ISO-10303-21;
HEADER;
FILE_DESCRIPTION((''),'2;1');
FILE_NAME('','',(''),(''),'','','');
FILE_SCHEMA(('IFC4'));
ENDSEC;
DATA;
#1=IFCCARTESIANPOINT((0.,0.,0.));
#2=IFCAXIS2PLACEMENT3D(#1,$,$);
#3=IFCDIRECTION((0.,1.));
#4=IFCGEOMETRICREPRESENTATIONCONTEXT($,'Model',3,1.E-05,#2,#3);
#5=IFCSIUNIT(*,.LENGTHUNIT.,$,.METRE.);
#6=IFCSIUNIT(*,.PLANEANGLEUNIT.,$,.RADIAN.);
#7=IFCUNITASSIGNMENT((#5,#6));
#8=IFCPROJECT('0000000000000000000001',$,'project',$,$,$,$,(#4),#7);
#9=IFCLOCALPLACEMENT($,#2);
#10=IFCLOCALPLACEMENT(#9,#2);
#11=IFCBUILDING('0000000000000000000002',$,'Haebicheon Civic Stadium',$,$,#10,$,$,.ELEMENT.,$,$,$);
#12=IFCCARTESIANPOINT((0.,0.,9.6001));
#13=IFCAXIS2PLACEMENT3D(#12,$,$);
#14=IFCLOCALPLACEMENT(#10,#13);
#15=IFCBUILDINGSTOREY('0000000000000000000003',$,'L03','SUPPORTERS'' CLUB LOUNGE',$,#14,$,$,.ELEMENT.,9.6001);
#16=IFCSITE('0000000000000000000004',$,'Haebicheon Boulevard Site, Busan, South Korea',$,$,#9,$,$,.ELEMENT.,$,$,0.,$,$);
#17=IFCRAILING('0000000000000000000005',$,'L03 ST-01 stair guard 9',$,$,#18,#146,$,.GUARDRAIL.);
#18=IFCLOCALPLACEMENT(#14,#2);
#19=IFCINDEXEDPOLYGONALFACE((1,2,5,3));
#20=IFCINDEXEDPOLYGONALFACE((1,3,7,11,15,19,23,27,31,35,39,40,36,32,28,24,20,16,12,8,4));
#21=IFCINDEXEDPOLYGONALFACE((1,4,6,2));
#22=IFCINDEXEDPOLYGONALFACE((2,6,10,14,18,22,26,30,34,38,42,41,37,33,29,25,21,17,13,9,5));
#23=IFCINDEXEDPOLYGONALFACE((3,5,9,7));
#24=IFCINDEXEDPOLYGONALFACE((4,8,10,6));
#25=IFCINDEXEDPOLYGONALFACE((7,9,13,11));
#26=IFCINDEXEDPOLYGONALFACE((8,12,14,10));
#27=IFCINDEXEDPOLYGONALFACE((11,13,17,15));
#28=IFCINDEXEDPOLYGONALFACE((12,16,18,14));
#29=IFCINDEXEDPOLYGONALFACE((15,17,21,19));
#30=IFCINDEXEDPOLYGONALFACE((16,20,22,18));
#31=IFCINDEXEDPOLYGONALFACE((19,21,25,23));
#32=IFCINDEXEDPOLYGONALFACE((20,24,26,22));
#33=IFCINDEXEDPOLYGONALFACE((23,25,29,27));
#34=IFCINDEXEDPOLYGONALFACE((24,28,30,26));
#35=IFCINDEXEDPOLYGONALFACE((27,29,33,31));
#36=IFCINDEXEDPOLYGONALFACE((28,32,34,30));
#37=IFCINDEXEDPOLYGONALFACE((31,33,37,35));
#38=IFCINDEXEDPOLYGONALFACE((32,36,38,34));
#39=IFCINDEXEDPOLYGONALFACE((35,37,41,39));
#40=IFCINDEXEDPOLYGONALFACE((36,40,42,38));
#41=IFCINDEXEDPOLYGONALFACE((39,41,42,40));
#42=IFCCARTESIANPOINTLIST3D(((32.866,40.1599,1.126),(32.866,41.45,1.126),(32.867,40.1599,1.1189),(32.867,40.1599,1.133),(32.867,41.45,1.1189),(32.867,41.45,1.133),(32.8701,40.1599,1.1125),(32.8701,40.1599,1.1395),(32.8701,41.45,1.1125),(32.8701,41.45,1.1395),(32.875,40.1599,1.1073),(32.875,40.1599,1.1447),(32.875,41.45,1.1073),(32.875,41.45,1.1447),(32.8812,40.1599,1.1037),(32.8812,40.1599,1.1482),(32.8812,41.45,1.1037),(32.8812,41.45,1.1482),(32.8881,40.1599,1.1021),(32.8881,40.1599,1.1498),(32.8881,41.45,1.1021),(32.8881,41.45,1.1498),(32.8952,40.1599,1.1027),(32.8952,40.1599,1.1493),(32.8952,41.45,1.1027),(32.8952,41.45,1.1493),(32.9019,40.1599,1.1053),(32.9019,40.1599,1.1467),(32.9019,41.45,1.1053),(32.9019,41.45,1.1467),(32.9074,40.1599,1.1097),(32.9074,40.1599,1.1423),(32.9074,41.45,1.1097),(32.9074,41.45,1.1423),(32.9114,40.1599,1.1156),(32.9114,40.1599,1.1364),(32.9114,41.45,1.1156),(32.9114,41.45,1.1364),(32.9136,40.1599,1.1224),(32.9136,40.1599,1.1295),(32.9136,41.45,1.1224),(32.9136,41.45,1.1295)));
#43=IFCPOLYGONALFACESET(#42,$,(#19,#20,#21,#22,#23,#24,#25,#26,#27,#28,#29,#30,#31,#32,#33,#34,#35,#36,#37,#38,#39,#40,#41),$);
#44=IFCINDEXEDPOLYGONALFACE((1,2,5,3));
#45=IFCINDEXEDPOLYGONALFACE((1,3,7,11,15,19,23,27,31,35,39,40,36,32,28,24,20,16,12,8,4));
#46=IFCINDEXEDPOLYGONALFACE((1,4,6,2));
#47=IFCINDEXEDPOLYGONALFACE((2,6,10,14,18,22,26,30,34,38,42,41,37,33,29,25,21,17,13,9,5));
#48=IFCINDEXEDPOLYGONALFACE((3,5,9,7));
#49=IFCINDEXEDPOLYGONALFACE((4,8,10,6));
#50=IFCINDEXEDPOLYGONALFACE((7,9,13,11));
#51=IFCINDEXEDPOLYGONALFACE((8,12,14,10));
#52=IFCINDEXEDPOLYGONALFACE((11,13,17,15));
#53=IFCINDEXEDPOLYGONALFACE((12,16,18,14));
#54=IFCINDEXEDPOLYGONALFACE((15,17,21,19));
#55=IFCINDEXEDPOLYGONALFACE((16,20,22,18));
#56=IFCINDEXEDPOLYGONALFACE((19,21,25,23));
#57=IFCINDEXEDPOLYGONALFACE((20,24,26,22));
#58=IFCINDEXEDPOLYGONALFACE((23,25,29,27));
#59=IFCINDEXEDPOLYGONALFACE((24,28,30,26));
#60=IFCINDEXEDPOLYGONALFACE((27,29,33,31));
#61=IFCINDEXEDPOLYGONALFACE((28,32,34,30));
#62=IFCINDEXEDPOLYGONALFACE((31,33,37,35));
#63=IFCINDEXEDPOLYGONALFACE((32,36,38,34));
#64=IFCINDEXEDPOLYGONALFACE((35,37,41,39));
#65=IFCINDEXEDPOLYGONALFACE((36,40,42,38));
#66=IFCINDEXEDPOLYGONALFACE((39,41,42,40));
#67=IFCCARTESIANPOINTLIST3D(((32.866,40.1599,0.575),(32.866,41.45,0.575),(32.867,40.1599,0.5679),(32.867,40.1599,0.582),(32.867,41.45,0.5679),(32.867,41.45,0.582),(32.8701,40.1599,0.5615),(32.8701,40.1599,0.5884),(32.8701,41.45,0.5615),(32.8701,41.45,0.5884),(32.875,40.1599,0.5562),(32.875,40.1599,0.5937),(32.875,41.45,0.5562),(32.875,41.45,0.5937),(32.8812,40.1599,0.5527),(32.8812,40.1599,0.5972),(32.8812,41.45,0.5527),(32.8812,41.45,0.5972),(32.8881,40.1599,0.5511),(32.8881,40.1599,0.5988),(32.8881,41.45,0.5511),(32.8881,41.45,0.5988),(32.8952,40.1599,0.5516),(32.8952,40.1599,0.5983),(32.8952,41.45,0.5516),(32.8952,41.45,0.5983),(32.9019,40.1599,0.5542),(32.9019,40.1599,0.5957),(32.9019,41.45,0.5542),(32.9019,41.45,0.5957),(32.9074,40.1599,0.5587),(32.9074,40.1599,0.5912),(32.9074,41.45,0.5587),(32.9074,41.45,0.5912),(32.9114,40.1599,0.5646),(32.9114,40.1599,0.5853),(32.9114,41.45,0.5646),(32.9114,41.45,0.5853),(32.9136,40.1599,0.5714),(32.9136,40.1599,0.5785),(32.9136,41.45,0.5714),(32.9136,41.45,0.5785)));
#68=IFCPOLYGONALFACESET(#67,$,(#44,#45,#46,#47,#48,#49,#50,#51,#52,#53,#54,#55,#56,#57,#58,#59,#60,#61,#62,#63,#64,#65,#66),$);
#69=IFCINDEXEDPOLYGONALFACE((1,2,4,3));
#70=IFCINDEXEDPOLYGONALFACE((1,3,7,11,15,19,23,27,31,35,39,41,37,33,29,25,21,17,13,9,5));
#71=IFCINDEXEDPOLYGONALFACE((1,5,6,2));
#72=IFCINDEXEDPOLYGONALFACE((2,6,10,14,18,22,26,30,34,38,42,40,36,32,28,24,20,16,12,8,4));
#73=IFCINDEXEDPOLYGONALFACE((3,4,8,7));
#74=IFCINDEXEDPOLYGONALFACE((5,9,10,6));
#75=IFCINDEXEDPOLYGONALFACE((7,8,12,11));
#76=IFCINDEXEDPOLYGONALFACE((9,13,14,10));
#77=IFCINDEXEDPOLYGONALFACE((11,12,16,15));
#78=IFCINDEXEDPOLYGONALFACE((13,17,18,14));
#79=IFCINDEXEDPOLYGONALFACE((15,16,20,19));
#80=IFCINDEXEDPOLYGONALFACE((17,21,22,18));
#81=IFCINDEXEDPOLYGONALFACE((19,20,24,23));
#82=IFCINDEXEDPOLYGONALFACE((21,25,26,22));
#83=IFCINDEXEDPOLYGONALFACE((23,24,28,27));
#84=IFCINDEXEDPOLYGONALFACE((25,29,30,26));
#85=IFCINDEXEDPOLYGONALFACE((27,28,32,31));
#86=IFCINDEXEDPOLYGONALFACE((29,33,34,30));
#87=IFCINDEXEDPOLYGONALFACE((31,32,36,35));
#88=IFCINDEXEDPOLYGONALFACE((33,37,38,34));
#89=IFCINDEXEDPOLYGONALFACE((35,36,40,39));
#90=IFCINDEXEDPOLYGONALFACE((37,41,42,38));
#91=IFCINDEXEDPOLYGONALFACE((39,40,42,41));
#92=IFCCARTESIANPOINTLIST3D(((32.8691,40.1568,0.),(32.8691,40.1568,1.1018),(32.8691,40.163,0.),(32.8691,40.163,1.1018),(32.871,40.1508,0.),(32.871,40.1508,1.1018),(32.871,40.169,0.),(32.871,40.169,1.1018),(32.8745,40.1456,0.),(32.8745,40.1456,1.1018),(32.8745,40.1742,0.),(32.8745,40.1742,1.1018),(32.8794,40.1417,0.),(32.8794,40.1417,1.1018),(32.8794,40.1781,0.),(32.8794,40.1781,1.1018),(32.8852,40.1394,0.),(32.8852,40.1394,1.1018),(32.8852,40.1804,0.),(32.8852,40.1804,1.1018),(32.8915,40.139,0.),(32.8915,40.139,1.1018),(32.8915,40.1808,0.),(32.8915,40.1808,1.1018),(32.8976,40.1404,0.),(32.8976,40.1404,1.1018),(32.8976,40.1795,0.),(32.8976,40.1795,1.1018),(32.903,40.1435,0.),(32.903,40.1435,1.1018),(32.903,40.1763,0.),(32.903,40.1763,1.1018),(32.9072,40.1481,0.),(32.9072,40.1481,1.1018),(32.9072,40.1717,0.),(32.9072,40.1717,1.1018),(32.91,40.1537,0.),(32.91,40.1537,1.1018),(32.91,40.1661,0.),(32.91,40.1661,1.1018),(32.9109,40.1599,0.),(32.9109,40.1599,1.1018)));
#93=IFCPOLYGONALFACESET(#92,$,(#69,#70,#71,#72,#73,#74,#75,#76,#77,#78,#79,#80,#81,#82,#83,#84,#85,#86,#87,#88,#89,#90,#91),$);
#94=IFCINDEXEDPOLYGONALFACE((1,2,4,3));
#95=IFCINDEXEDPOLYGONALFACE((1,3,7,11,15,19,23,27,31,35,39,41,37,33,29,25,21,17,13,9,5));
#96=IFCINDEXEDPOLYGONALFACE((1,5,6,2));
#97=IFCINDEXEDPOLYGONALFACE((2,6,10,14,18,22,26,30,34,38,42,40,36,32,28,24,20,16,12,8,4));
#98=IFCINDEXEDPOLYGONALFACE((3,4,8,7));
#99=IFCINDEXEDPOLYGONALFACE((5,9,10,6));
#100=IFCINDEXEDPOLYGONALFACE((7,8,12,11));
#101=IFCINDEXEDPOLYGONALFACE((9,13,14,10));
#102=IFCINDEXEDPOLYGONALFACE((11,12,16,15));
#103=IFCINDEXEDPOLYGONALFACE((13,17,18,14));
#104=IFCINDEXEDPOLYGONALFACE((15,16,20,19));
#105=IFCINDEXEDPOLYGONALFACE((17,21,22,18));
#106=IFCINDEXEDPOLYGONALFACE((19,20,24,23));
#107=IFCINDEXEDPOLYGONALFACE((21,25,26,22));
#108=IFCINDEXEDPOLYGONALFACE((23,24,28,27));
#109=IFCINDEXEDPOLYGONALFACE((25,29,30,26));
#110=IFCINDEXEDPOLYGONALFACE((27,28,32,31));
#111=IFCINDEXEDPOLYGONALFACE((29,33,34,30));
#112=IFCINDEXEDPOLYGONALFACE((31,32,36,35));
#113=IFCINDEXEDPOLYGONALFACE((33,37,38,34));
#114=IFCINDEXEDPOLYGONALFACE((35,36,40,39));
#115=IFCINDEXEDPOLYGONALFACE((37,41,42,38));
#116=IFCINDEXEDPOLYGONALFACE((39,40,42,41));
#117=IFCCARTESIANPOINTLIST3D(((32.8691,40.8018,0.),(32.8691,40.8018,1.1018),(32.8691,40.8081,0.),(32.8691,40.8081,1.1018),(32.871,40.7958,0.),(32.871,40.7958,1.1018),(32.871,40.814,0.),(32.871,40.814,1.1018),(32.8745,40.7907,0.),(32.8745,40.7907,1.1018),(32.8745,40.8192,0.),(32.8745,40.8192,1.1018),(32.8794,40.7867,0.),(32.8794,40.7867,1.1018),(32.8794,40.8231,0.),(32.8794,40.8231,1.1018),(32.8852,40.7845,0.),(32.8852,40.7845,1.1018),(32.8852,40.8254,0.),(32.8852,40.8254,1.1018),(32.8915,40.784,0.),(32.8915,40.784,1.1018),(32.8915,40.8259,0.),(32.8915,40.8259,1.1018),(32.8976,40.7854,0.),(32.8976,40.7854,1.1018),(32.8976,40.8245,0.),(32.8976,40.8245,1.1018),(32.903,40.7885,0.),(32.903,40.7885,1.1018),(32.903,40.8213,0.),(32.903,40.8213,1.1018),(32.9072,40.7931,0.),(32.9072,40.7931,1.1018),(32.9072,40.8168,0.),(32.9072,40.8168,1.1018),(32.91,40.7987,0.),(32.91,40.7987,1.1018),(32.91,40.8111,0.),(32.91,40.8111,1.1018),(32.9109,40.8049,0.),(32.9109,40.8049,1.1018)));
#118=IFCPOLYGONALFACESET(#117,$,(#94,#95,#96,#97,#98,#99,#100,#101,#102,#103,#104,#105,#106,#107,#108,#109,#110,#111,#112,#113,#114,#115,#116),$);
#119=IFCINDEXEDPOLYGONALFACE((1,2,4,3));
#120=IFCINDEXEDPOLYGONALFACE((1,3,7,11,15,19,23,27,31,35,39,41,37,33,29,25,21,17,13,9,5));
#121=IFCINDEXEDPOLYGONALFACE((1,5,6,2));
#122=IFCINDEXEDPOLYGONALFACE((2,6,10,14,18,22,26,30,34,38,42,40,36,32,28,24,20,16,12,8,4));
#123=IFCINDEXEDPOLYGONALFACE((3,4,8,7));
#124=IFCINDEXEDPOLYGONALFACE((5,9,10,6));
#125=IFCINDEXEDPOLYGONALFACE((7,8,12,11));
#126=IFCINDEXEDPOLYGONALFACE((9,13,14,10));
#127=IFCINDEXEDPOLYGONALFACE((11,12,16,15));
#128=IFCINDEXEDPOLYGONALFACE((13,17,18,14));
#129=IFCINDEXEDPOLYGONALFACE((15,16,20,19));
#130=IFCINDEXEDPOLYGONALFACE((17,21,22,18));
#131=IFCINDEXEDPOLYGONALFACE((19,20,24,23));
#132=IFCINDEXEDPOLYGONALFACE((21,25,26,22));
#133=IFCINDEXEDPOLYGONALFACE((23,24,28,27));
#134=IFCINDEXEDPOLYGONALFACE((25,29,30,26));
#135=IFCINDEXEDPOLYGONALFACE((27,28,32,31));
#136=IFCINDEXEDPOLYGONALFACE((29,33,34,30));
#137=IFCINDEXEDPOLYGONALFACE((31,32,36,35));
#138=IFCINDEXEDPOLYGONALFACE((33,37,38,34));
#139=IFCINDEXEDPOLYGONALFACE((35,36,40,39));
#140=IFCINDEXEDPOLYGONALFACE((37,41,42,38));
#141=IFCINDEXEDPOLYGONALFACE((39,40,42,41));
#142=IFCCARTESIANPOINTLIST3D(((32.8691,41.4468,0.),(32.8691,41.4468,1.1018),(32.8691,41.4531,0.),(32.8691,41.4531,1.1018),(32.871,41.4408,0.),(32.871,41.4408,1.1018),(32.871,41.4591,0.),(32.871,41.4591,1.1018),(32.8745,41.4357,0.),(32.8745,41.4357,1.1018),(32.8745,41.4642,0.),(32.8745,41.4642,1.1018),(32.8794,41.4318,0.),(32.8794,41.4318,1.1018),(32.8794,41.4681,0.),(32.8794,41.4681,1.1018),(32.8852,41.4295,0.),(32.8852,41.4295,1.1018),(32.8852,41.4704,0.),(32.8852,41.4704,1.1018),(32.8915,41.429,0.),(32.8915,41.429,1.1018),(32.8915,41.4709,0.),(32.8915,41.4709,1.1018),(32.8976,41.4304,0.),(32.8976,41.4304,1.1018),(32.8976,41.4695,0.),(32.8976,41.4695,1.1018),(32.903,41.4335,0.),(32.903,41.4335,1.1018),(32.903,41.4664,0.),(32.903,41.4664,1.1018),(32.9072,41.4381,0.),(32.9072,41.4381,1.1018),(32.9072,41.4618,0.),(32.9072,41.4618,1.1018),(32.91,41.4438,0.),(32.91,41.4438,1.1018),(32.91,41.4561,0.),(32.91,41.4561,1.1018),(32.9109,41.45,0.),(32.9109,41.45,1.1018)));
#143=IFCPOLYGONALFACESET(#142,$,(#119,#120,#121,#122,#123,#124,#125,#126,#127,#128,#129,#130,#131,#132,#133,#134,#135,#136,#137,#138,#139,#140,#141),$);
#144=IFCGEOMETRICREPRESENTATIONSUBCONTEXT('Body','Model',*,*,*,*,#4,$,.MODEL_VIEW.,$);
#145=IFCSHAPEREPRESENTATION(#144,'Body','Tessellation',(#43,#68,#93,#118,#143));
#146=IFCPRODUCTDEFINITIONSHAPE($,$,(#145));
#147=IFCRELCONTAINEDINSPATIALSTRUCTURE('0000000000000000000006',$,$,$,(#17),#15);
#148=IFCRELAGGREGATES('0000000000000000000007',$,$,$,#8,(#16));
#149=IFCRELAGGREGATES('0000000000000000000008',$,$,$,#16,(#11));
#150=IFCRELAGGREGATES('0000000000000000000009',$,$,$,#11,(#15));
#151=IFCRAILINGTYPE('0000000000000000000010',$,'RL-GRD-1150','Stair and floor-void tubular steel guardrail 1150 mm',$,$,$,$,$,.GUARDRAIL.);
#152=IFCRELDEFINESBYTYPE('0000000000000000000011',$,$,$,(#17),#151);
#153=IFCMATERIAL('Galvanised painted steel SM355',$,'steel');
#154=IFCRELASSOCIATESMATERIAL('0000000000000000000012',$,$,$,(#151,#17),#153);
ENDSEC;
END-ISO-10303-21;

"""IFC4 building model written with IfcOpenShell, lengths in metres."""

from ifc_helpers import new_model, si_unit, direction, frame, origin, origin_2d, place, context, subcontext, project, spatial, circle, extrude, material, type_object, element, save


model = new_model("IFC4")

# Units and contexts
model_context = context("Model", 3, precision=1e-05, world=origin(), true_north=direction((0.0, 1.0)))
body_context = subcontext(model_context, "Body", "Model", "MODEL_VIEW")
ifc_project = project(units=[si_unit("LENGTHUNIT", "METRE"), si_unit("PLANEANGLEUNIT", "RADIAN")], contexts=[model_context])

# Site, building, storey
site_placement = place(None, origin())
site = spatial("IfcSite", under=ifc_project, at=site_placement, Name="Haebicheon Boulevard Site, Busan, South Korea", CompositionType="ELEMENT", RefElevation=0.0)
building_placement = place(site_placement, origin())
building = spatial("IfcBuilding", under=site, at=building_placement, Name="Haebicheon Civic Stadium", CompositionType="ELEMENT")
storey_placement = place(building_placement, frame((0.0, 0.0, 9.6001)))
storey = spatial("IfcBuildingStorey", under=building, at=storey_placement, Name="L03", Description="SUPPORTERS' CLUB LOUNGE", CompositionType="ELEMENT", Elevation=9.6001)

# Railing
ifc_material_1 = material(Name="Galvanised painted steel SM355", Category="steel")
railing_type = type_object("IfcRailingType", Name="RL-GRD-1150", Description="Stair and floor-void tubular steel guardrail 1150 mm", PredefinedType="GUARDRAIL", material=ifc_material_1)
for number, where, name in (
    (1, (32.8899, 40.1599, 0.0), "L03 ST-01 stair guard 9"),
):
    element("IfcRailing", number, at=place(storey_placement, frame(where)), inside=storey, type_object=railing_type, material=ifc_material_1, Name=name, PredefinedType="GUARDRAIL", context=body_context, shape_type="SweptSolid", body=[
        extrude(circle(Radius=0.0239, at=origin_2d()), frame((0.0, 0.0, 1.126), z_axis=(0.0, 1.0, 0.0), x_axis=(-1.0, 0.0, 0.0)), (0.0, 0.0, 1.0), 1.29),
        extrude(circle(Radius=0.0239, at=origin_2d()), frame((0.0, 0.0, 0.575), z_axis=(0.0, 1.0, 0.0), x_axis=(-1.0, 0.0, 0.0)), (0.0, 0.0, 1.0), 1.29),
        extrude(circle(Radius=0.021, at=origin_2d()), origin(), (0.0, 0.0, 1.0), 1.1018),
        extrude(circle(Radius=0.021, at=origin_2d()), frame((0.0, 0.645, 0.0)), (0.0, 0.0, 1.0), 1.1018),
        extrude(circle(Radius=0.021, at=origin_2d()), frame((0.0, 1.29, 0.0)), (0.0, 0.0, 1.0), 1.1018),
    ])

save(model, "model.ifc")
